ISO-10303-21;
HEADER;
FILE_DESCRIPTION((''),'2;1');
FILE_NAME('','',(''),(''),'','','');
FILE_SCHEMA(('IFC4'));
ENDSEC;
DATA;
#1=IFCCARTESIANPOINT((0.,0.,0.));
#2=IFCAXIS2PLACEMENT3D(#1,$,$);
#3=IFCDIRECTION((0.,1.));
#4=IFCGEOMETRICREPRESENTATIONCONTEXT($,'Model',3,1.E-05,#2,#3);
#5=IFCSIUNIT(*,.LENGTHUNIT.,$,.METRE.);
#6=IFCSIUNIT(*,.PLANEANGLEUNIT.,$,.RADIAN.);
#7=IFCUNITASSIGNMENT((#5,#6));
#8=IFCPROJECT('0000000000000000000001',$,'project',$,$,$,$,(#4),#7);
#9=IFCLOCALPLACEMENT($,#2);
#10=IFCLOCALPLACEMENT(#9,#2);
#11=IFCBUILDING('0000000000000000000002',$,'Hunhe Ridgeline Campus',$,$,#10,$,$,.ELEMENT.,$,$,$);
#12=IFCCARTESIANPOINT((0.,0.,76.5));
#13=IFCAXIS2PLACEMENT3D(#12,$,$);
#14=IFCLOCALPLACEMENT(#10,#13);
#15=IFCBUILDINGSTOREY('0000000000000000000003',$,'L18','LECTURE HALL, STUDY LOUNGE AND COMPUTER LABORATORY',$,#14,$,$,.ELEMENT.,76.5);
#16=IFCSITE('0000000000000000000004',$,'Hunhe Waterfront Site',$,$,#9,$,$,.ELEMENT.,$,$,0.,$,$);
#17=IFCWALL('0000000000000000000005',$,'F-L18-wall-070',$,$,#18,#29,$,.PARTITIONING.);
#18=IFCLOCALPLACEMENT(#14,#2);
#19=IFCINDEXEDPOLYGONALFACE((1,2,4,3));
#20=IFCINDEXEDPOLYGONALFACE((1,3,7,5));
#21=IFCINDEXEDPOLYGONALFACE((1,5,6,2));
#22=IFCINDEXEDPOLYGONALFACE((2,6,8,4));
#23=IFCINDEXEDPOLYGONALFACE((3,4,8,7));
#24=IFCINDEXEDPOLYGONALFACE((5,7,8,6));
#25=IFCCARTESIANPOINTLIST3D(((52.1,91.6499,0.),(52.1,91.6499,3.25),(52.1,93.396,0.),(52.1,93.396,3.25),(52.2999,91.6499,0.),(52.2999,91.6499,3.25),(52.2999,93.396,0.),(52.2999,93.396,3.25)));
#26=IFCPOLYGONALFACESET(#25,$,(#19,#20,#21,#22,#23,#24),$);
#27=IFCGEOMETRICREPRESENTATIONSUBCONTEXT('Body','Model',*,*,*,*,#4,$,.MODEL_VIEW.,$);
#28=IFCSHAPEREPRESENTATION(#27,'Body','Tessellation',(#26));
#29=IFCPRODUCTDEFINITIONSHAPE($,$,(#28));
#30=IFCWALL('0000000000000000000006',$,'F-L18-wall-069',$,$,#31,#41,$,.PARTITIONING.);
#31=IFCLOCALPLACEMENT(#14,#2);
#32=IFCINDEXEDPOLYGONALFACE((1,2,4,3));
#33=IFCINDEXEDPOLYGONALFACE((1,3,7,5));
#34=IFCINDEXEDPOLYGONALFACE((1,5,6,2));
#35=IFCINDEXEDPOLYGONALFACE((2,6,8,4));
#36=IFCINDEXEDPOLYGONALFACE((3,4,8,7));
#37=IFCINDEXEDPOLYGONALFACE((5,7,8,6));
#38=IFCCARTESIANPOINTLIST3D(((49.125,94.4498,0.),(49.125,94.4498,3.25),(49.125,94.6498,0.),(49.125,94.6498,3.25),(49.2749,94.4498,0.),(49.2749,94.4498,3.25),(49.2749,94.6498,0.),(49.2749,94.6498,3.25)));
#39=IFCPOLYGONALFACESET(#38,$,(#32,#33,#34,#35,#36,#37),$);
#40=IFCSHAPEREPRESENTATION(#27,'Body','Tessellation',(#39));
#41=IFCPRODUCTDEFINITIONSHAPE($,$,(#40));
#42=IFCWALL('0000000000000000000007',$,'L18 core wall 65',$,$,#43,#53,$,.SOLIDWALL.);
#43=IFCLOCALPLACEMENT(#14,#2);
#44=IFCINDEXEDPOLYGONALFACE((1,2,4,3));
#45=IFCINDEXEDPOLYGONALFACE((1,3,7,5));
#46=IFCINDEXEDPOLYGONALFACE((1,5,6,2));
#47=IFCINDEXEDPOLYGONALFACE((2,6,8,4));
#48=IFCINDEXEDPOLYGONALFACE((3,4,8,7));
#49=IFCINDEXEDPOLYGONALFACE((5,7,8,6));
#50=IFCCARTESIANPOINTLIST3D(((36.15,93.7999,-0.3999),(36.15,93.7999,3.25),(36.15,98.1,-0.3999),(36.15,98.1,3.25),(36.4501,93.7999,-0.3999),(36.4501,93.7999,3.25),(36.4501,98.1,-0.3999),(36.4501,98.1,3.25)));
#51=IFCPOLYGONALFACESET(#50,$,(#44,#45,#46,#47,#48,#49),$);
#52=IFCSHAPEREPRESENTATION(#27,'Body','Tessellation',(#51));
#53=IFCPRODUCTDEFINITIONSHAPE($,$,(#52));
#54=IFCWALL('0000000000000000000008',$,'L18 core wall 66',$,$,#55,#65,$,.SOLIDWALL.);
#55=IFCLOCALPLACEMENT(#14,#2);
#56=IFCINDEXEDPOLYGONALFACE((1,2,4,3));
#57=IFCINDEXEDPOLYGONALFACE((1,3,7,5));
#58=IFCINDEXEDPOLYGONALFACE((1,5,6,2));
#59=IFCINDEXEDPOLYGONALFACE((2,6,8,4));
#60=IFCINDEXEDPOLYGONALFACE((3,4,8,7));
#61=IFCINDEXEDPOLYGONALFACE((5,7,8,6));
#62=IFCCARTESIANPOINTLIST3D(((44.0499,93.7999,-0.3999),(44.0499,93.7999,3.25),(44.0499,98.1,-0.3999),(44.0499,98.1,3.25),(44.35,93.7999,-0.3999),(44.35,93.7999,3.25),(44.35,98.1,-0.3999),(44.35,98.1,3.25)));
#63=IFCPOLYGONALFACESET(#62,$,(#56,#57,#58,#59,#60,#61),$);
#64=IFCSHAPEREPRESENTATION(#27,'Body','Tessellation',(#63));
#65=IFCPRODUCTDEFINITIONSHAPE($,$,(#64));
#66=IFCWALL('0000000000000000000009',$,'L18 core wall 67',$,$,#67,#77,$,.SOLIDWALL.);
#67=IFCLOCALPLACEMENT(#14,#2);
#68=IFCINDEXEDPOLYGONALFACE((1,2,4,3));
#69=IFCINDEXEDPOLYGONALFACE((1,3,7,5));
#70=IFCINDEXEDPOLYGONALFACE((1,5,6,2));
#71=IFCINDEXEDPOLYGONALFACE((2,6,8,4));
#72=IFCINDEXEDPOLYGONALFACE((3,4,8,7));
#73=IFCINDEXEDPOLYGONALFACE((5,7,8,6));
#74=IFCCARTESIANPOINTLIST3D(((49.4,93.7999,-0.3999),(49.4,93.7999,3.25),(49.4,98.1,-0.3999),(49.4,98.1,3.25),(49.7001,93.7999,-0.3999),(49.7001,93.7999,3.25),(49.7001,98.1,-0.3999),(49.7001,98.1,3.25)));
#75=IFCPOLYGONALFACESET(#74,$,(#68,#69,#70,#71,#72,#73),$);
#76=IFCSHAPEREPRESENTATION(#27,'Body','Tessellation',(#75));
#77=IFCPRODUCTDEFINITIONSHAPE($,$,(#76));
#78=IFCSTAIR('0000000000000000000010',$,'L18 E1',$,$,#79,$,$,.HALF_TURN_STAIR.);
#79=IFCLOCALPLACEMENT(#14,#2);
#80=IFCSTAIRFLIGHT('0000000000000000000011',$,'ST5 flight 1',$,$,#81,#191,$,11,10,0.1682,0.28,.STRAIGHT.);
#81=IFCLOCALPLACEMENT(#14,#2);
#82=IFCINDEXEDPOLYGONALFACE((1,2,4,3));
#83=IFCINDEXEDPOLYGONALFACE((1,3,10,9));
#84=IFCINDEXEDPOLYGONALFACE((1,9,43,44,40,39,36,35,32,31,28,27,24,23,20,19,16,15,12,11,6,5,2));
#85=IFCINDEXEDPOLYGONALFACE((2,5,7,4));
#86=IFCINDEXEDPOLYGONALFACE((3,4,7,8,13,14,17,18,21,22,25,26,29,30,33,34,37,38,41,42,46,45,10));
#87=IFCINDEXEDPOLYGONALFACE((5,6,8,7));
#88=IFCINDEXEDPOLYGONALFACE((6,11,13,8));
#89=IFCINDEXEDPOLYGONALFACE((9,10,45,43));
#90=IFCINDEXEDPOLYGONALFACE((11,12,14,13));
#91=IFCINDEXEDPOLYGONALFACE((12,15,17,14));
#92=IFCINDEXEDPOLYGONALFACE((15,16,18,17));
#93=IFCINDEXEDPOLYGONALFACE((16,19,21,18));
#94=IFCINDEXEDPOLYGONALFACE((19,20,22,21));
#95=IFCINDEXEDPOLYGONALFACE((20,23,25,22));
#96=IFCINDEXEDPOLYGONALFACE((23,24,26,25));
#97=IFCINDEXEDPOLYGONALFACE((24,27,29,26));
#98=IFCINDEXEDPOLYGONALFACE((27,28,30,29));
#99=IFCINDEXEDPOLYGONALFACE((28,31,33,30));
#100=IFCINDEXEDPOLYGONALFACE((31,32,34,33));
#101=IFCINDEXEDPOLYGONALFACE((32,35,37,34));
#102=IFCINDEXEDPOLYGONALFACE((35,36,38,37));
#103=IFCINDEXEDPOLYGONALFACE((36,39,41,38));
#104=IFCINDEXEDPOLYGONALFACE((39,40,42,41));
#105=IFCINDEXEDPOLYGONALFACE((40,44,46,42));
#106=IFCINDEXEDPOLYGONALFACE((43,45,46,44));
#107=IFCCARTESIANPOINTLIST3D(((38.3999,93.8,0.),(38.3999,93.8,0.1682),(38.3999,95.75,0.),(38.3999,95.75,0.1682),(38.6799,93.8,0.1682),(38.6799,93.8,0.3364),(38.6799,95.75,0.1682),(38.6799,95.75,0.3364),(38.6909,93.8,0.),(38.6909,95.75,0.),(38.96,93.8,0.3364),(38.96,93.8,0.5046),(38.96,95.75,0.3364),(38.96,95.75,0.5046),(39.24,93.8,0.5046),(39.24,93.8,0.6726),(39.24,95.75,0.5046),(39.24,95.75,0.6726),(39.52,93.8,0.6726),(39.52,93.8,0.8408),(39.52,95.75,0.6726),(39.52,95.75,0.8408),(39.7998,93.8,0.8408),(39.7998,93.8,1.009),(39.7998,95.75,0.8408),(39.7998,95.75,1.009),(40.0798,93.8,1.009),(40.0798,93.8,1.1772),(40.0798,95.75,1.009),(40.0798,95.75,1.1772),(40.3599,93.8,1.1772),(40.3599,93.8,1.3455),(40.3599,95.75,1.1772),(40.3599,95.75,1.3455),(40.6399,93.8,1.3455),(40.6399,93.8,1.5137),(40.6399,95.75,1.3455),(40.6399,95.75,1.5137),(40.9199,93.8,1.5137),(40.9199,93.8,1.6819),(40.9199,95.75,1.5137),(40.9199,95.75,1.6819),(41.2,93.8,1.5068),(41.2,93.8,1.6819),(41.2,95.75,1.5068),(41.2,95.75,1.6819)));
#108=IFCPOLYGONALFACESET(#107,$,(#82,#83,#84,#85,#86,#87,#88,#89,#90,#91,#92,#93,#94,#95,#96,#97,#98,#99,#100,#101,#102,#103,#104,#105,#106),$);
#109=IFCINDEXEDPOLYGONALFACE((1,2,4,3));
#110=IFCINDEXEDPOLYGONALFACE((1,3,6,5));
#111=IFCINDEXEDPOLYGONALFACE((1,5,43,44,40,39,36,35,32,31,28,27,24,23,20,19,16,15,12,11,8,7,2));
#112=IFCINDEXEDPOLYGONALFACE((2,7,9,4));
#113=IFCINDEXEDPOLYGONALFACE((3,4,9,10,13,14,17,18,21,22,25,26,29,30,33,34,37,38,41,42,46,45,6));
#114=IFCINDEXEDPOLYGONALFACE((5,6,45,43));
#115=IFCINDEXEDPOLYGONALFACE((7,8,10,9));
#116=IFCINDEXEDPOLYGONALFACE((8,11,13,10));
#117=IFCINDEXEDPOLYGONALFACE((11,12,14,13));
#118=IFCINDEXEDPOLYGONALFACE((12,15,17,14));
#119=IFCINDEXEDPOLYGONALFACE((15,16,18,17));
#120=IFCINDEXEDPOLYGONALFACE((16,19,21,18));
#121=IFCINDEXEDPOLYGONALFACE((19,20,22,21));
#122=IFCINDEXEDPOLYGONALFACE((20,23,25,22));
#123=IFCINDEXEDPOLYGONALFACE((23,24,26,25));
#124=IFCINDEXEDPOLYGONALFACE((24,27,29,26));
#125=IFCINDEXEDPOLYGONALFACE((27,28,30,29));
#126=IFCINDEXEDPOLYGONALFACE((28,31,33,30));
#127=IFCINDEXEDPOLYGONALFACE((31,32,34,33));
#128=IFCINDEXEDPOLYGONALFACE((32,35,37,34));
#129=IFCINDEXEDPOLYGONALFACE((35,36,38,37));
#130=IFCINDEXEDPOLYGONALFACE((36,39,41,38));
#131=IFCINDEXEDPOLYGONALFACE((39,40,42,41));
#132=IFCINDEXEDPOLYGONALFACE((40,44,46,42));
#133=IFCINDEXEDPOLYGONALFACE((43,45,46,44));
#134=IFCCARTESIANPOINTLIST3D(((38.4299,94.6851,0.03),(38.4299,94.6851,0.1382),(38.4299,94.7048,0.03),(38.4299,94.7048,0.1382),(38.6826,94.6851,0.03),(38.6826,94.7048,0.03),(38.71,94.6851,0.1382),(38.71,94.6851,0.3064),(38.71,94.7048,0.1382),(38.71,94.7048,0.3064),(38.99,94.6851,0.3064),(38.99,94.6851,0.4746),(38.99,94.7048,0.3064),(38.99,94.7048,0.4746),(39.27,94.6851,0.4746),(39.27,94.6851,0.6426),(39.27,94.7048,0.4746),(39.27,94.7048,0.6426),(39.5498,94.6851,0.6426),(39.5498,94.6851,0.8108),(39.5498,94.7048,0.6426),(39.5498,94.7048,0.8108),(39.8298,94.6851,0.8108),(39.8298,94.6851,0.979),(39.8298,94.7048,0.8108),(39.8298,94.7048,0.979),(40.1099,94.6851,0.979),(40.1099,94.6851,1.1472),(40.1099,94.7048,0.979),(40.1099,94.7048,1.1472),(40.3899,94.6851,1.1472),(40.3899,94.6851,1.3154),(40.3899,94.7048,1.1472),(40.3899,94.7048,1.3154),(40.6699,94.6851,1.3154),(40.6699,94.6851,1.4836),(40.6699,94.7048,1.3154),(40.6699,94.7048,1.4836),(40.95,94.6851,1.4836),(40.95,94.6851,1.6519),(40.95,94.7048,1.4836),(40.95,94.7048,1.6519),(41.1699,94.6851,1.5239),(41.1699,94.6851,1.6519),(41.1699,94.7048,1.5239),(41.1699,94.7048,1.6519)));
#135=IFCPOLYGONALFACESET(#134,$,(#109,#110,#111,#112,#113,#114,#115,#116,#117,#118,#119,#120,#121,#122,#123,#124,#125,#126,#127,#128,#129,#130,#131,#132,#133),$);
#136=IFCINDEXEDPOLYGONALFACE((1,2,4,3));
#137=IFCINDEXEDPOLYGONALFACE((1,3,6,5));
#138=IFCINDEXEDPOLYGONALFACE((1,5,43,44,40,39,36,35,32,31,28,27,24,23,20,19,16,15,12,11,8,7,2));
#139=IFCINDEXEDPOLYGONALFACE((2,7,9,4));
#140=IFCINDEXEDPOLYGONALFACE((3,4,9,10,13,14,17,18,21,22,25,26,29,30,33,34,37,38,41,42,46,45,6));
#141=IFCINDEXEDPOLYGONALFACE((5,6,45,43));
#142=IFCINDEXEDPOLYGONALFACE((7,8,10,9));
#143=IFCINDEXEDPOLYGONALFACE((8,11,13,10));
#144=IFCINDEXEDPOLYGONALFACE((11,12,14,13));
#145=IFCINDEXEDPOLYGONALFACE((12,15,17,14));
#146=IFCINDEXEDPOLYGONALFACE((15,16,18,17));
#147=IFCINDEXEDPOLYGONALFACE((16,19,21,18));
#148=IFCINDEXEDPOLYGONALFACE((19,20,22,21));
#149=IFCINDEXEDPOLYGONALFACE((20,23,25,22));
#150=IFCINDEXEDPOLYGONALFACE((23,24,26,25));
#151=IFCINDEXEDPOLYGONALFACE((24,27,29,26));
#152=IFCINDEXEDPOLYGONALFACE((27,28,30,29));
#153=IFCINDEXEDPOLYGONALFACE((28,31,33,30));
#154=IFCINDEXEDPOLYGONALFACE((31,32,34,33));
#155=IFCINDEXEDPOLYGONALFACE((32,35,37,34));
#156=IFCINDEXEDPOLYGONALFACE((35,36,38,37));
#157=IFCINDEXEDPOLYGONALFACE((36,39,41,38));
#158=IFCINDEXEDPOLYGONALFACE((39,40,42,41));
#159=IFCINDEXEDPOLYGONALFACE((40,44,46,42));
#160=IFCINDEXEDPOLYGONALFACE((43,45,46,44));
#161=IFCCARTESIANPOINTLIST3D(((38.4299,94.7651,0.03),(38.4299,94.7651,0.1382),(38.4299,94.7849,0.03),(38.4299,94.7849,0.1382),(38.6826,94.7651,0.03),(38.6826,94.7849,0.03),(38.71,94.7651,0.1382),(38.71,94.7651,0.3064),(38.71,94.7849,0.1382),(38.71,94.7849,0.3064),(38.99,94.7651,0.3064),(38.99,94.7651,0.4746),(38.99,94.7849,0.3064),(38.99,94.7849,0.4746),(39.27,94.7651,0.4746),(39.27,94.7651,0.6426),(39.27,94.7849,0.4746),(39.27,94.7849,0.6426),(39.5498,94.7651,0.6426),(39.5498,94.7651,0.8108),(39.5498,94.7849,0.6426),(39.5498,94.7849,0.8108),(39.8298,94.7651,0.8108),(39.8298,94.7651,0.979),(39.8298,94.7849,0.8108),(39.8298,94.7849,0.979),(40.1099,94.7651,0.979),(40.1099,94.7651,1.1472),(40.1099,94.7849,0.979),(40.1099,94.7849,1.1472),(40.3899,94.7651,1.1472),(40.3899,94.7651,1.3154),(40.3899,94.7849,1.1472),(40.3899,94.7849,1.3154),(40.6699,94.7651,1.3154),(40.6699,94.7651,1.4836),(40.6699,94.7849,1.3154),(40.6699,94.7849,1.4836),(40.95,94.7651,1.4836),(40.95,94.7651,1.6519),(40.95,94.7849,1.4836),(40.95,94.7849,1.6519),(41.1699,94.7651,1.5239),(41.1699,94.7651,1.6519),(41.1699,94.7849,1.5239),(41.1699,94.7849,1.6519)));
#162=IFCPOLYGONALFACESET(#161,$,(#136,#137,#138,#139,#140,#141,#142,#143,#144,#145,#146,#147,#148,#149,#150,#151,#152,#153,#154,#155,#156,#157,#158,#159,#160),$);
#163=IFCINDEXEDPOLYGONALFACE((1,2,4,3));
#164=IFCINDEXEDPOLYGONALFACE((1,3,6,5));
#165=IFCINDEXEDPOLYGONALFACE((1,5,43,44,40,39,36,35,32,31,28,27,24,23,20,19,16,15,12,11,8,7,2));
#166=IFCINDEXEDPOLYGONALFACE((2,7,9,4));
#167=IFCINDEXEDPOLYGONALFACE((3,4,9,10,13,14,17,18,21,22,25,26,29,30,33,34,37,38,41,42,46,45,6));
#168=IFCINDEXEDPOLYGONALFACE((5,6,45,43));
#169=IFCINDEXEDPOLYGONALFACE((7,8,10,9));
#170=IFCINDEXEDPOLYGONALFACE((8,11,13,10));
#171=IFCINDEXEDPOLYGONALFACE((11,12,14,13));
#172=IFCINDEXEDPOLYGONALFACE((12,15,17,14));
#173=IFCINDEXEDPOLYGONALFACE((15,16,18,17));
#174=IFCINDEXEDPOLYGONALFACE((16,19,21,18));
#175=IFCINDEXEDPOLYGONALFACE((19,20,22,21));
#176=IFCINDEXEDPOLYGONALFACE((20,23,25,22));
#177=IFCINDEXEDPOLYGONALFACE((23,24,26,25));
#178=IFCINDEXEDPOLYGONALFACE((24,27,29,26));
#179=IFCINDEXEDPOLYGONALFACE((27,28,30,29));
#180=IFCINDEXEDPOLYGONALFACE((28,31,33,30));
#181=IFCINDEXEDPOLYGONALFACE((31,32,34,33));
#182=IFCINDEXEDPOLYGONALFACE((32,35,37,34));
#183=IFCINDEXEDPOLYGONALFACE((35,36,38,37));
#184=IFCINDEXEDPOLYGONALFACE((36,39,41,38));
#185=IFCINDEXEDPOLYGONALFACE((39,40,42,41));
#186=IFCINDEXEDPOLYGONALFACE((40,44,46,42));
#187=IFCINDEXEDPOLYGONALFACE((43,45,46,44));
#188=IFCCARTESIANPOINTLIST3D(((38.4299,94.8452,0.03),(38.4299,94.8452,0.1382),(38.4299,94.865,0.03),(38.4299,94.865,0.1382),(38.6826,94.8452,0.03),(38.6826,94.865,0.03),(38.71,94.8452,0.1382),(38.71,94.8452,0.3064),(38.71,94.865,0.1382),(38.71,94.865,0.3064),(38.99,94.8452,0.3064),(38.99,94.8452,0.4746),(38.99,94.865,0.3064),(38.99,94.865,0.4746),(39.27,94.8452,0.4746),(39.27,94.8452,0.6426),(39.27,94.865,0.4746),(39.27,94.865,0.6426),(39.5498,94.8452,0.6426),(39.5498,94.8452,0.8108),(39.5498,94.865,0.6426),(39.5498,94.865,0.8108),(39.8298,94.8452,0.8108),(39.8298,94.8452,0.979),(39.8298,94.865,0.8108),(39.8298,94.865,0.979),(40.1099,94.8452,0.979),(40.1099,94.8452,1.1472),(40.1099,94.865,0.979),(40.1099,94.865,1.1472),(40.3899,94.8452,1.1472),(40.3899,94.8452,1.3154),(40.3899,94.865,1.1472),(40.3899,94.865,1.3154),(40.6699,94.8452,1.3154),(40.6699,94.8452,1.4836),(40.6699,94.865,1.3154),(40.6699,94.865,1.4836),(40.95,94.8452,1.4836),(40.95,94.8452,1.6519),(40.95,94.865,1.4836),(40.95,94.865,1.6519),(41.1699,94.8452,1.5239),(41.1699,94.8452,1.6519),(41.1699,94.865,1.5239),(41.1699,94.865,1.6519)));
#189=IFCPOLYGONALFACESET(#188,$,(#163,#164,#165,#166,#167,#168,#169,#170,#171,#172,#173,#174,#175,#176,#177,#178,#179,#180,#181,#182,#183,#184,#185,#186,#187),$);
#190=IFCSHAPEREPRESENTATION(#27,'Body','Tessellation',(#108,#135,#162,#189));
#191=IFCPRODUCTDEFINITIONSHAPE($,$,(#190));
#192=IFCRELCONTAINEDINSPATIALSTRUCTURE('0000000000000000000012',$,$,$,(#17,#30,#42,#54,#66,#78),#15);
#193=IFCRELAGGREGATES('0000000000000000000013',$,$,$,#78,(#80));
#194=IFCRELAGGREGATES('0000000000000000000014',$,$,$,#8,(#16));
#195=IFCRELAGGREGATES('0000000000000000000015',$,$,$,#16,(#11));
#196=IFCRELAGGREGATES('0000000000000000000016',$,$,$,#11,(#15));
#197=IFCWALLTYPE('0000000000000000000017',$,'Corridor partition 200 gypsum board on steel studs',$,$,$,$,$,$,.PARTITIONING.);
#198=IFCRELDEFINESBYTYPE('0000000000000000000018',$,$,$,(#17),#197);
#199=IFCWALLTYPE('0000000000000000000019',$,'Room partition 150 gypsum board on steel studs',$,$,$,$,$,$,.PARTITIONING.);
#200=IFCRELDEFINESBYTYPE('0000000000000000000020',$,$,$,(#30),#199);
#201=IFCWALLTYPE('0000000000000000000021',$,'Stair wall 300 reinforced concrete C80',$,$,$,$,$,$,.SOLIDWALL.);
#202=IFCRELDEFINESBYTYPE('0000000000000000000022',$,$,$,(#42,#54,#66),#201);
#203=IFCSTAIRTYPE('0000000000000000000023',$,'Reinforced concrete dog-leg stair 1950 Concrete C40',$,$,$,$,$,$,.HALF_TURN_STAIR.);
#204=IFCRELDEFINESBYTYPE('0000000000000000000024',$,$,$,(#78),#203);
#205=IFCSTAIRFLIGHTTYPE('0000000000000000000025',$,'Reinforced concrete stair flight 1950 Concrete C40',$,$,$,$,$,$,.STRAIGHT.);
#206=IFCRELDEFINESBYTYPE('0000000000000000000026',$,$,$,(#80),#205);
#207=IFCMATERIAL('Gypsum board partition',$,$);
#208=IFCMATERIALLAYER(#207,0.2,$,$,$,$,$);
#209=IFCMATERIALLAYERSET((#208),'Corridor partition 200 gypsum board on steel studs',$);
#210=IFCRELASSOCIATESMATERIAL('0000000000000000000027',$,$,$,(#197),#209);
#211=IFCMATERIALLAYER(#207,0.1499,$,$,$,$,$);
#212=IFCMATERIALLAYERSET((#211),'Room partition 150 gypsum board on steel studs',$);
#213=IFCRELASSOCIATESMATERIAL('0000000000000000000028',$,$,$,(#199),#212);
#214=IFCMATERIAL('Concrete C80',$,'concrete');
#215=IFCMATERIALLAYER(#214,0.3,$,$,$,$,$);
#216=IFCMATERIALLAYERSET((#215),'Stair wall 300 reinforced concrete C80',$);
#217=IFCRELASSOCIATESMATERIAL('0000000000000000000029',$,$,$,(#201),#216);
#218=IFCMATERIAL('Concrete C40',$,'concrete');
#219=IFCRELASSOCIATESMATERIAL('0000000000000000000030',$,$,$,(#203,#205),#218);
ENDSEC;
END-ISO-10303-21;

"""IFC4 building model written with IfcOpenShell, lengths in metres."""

from ifc_helpers import new_model, si_unit, direction, frame, frame_2d, origin, place, context, subcontext, project, spatial, polyline, rectangle, outline, extrude, material, layer, layer_set, type_object, element, aggregate, save


model = new_model("IFC4")

# Units and contexts
model_context = context("Model", 3, precision=1e-05, world=origin(), true_north=direction((0.0, 1.0)))
body_context = subcontext(model_context, "Body", "Model", "MODEL_VIEW")
ifc_project = project(units=[si_unit("LENGTHUNIT", "METRE"), si_unit("PLANEANGLEUNIT", "RADIAN")], contexts=[model_context])

# Site, building, storey
site_placement = place(None, origin())
site = spatial("IfcSite", under=ifc_project, at=site_placement, Name="Hunhe Waterfront Site", CompositionType="ELEMENT", RefElevation=0.0)
building_placement = place(site_placement, origin())
building = spatial("IfcBuilding", under=site, at=building_placement, Name="Hunhe Ridgeline Campus", CompositionType="ELEMENT")
storey_placement = place(building_placement, frame((0.0, 0.0, 76.5)))
storey = spatial("IfcBuildingStorey", under=building, at=storey_placement, Name="L18", Description="LECTURE HALL, STUDY LOUNGE AND COMPUTER LABORATORY", CompositionType="ELEMENT", Elevation=76.5)

# Shared definitions
ifc_material_1 = material(Name="Gypsum board partition")
ifc_layer_1 = layer(ifc_material_1, 0.2)
ifc_layer_set_1 = layer_set([ifc_layer_1], Name="Corridor partition 200 gypsum board on steel studs")
wall_type_1 = type_object("IfcWallType", Name="Corridor partition 200 gypsum board on steel studs", PredefinedType="PARTITIONING", material=ifc_layer_set_1)

# Walls
wall_1_placement = place(storey_placement, frame((52.2, 93.396, 0.0), z_axis=(0.0, 0.0, 1.0), x_axis=(0.0, -1.0, 0.0)))
element("IfcWall", 1, at=wall_1_placement, inside=storey, type_object=wall_type_1, Name="F-L18-wall-070", PredefinedType="PARTITIONING", context=body_context, shape_type="SweptSolid", body=[
    extrude(rectangle(XDim=1.7461, YDim=0.2, at=frame_2d((0.873, 0.0))), origin(), (0.0, 0.0, 1.0), 3.25),
])
ifc_layer_2 = layer(ifc_material_1, 0.1499)
ifc_layer_set_2 = layer_set([ifc_layer_2], Name="Room partition 150 gypsum board on steel studs")
wall_type_2 = type_object("IfcWallType", Name="Room partition 150 gypsum board on steel studs", PredefinedType="PARTITIONING", material=ifc_layer_set_2)
wall_2_placement = place(storey_placement, frame((49.2, 94.6499, 0.0), z_axis=(0.0, 0.0, 1.0), x_axis=(0.0, -1.0, 0.0)))
element("IfcWall", 2, at=wall_2_placement, inside=storey, type_object=wall_type_2, Name="F-L18-wall-069", PredefinedType="PARTITIONING", context=body_context, shape_type="SweptSolid", body=[
    extrude(rectangle(XDim=0.2, YDim=0.1499, at=frame_2d((0.1001, 0.0))), origin(), (0.0, 0.0, 1.0), 3.25),
])

# Shared definitions
ifc_material_2 = material(Name="Concrete C80", Category="concrete")
ifc_layer_3 = layer(ifc_material_2, 0.3)
ifc_layer_set_3 = layer_set([ifc_layer_3], Name="Stair wall 300 reinforced concrete C80")
wall_type_3 = type_object("IfcWallType", Name="Stair wall 300 reinforced concrete C80", PredefinedType="SOLIDWALL", material=ifc_layer_set_3)

# Walls
for number, where, z_axis, x_axis, name in (
    (3, (36.3, 93.8, -0.3999), (0.0, 0.0, 1.0), (0.0, 1.0, 0.0), "L18 core wall 65"),
    (4, (44.2, 93.8, -0.3999), (0.0, 0.0, 1.0), (0.0, 1.0, 0.0), "L18 core wall 66"),
    (5, (49.55, 93.8, -0.3999), (0.0, 0.0, 1.0), (0.0, 1.0, 0.0), "L18 core wall 67"),
):
    element("IfcWall", number, at=place(storey_placement, frame(where, z_axis=z_axis, x_axis=x_axis)), inside=storey, type_object=wall_type_3, Name=name, PredefinedType="SOLIDWALL", context=body_context, shape_type="SweptSolid", body=[
        extrude(rectangle(XDim=4.3, YDim=0.3, at=frame_2d((2.1499, 0.0))), origin(), (0.0, 0.0, 1.0), 3.6499),
    ])

# Stair, stair flight
ifc_material_3 = material(Name="Concrete C40", Category="concrete")
stair_type = type_object("IfcStairType", Name="Reinforced concrete dog-leg stair 1950 Concrete C40", PredefinedType="HALF_TURN_STAIR", material=ifc_material_3)
stair_1_placement = place(storey_placement, origin())
stair_1 = element("IfcStair", 6, at=stair_1_placement, inside=storey, type_object=stair_type, Name="L18 E1", PredefinedType="HALF_TURN_STAIR")
stair_flight_type = type_object("IfcStairFlightType", Name="Reinforced concrete stair flight 1950 Concrete C40", PredefinedType="STRAIGHT", material=ifc_material_3)
stair_flight_1_placement = place(storey_placement, frame((38.3999, 94.7749, 0.0), z_axis=(0.0, 0.0, 1.0), x_axis=(1.0, 0.0, 0.0)))
stair_flight_1 = element("IfcStairFlight", 7, at=stair_flight_1_placement, type_object=stair_flight_type, Name="ST5 flight 1", NumberOfRisers=11, NumberOfTreads=10, PredefinedType="STRAIGHT", RiserHeight=0.1682, TreadLength=0.28, context=body_context, shape_type="SweptSolid", body=[
    extrude(outline(polyline([(0.0, 0.0), (0.0, 0.1682), (0.28, 0.1682), (0.28, 0.3364), (0.5601, 0.3364), (0.5601, 0.5046), (0.8401, 0.5046), (0.8401, 0.6726), (1.1201, 0.6726), (1.1201, 0.8408), (1.3999, 0.8408), (1.3999, 1.009), (1.6799, 1.009), (1.6799, 1.1772), (1.96, 1.1772), (1.96, 1.3455), (2.24, 1.3455), (2.24, 1.5137), (2.52, 1.5137), (2.52, 1.6819), (2.8, 1.6819), (2.8, 1.8501), (2.8, 1.5068), (0.291, 0.0), (0.0, 0.0)])), frame((0.0, 0.9751, 0.0), z_axis=(0.0, -1.0, 0.0), x_axis=(1.0, 0.0, 0.0)), (0.0, 0.0, 1.0), 1.95),
    extrude(outline(polyline([(0.03, 0.03), (0.03, 0.1382), (0.3101, 0.1382), (0.3101, 0.3064), (0.5901, 0.3064), (0.5901, 0.4746), (0.8701, 0.4746), (0.8701, 0.6426), (1.1499, 0.6426), (1.1499, 0.8108), (1.4299, 0.8108), (1.4299, 0.979), (1.71, 0.979), (1.71, 1.1472), (1.99, 1.1472), (1.99, 1.3154), (2.27, 1.3154), (2.27, 1.4836), (2.55, 1.4836), (2.55, 1.6519), (2.77, 1.6519), (2.77, 1.5239), (0.2827, 0.03), (0.03, 0.03)])), frame((0.0, -0.0701, 0.0), z_axis=(0.0, -1.0, 0.0), x_axis=(1.0, 0.0, 0.0)), (0.0, 0.0, 1.0), 0.0198),
    extrude(outline(polyline([(0.03, 0.03), (0.03, 0.1382), (0.3101, 0.1382), (0.3101, 0.3064), (0.5901, 0.3064), (0.5901, 0.4746), (0.8701, 0.4746), (0.8701, 0.6426), (1.1499, 0.6426), (1.1499, 0.8108), (1.4299, 0.8108), (1.4299, 0.979), (1.71, 0.979), (1.71, 1.1472), (1.99, 1.1472), (1.99, 1.3154), (2.27, 1.3154), (2.27, 1.4836), (2.55, 1.4836), (2.55, 1.6519), (2.77, 1.6519), (2.77, 1.5239), (0.2827, 0.03), (0.03, 0.03)])), frame((0.0, 0.01, 0.0), z_axis=(0.0, -1.0, 0.0), x_axis=(1.0, 0.0, 0.0)), (0.0, 0.0, 1.0), 0.0198),
    extrude(outline(polyline([(0.03, 0.03), (0.03, 0.1382), (0.3101, 0.1382), (0.3101, 0.3064), (0.5901, 0.3064), (0.5901, 0.4746), (0.8701, 0.4746), (0.8701, 0.6426), (1.1499, 0.6426), (1.1499, 0.8108), (1.4299, 0.8108), (1.4299, 0.979), (1.71, 0.979), (1.71, 1.1472), (1.99, 1.1472), (1.99, 1.3154), (2.27, 1.3154), (2.27, 1.4836), (2.55, 1.4836), (2.55, 1.6519), (2.77, 1.6519), (2.77, 1.5239), (0.2827, 0.03), (0.03, 0.03)])), frame((0.0, 0.0901, 0.0), z_axis=(0.0, -1.0, 0.0), x_axis=(1.0, 0.0, 0.0)), (0.0, 0.0, 1.0), 0.0198),
])
aggregate(stair_1, [stair_flight_1])

save(model, "model.ifc")
